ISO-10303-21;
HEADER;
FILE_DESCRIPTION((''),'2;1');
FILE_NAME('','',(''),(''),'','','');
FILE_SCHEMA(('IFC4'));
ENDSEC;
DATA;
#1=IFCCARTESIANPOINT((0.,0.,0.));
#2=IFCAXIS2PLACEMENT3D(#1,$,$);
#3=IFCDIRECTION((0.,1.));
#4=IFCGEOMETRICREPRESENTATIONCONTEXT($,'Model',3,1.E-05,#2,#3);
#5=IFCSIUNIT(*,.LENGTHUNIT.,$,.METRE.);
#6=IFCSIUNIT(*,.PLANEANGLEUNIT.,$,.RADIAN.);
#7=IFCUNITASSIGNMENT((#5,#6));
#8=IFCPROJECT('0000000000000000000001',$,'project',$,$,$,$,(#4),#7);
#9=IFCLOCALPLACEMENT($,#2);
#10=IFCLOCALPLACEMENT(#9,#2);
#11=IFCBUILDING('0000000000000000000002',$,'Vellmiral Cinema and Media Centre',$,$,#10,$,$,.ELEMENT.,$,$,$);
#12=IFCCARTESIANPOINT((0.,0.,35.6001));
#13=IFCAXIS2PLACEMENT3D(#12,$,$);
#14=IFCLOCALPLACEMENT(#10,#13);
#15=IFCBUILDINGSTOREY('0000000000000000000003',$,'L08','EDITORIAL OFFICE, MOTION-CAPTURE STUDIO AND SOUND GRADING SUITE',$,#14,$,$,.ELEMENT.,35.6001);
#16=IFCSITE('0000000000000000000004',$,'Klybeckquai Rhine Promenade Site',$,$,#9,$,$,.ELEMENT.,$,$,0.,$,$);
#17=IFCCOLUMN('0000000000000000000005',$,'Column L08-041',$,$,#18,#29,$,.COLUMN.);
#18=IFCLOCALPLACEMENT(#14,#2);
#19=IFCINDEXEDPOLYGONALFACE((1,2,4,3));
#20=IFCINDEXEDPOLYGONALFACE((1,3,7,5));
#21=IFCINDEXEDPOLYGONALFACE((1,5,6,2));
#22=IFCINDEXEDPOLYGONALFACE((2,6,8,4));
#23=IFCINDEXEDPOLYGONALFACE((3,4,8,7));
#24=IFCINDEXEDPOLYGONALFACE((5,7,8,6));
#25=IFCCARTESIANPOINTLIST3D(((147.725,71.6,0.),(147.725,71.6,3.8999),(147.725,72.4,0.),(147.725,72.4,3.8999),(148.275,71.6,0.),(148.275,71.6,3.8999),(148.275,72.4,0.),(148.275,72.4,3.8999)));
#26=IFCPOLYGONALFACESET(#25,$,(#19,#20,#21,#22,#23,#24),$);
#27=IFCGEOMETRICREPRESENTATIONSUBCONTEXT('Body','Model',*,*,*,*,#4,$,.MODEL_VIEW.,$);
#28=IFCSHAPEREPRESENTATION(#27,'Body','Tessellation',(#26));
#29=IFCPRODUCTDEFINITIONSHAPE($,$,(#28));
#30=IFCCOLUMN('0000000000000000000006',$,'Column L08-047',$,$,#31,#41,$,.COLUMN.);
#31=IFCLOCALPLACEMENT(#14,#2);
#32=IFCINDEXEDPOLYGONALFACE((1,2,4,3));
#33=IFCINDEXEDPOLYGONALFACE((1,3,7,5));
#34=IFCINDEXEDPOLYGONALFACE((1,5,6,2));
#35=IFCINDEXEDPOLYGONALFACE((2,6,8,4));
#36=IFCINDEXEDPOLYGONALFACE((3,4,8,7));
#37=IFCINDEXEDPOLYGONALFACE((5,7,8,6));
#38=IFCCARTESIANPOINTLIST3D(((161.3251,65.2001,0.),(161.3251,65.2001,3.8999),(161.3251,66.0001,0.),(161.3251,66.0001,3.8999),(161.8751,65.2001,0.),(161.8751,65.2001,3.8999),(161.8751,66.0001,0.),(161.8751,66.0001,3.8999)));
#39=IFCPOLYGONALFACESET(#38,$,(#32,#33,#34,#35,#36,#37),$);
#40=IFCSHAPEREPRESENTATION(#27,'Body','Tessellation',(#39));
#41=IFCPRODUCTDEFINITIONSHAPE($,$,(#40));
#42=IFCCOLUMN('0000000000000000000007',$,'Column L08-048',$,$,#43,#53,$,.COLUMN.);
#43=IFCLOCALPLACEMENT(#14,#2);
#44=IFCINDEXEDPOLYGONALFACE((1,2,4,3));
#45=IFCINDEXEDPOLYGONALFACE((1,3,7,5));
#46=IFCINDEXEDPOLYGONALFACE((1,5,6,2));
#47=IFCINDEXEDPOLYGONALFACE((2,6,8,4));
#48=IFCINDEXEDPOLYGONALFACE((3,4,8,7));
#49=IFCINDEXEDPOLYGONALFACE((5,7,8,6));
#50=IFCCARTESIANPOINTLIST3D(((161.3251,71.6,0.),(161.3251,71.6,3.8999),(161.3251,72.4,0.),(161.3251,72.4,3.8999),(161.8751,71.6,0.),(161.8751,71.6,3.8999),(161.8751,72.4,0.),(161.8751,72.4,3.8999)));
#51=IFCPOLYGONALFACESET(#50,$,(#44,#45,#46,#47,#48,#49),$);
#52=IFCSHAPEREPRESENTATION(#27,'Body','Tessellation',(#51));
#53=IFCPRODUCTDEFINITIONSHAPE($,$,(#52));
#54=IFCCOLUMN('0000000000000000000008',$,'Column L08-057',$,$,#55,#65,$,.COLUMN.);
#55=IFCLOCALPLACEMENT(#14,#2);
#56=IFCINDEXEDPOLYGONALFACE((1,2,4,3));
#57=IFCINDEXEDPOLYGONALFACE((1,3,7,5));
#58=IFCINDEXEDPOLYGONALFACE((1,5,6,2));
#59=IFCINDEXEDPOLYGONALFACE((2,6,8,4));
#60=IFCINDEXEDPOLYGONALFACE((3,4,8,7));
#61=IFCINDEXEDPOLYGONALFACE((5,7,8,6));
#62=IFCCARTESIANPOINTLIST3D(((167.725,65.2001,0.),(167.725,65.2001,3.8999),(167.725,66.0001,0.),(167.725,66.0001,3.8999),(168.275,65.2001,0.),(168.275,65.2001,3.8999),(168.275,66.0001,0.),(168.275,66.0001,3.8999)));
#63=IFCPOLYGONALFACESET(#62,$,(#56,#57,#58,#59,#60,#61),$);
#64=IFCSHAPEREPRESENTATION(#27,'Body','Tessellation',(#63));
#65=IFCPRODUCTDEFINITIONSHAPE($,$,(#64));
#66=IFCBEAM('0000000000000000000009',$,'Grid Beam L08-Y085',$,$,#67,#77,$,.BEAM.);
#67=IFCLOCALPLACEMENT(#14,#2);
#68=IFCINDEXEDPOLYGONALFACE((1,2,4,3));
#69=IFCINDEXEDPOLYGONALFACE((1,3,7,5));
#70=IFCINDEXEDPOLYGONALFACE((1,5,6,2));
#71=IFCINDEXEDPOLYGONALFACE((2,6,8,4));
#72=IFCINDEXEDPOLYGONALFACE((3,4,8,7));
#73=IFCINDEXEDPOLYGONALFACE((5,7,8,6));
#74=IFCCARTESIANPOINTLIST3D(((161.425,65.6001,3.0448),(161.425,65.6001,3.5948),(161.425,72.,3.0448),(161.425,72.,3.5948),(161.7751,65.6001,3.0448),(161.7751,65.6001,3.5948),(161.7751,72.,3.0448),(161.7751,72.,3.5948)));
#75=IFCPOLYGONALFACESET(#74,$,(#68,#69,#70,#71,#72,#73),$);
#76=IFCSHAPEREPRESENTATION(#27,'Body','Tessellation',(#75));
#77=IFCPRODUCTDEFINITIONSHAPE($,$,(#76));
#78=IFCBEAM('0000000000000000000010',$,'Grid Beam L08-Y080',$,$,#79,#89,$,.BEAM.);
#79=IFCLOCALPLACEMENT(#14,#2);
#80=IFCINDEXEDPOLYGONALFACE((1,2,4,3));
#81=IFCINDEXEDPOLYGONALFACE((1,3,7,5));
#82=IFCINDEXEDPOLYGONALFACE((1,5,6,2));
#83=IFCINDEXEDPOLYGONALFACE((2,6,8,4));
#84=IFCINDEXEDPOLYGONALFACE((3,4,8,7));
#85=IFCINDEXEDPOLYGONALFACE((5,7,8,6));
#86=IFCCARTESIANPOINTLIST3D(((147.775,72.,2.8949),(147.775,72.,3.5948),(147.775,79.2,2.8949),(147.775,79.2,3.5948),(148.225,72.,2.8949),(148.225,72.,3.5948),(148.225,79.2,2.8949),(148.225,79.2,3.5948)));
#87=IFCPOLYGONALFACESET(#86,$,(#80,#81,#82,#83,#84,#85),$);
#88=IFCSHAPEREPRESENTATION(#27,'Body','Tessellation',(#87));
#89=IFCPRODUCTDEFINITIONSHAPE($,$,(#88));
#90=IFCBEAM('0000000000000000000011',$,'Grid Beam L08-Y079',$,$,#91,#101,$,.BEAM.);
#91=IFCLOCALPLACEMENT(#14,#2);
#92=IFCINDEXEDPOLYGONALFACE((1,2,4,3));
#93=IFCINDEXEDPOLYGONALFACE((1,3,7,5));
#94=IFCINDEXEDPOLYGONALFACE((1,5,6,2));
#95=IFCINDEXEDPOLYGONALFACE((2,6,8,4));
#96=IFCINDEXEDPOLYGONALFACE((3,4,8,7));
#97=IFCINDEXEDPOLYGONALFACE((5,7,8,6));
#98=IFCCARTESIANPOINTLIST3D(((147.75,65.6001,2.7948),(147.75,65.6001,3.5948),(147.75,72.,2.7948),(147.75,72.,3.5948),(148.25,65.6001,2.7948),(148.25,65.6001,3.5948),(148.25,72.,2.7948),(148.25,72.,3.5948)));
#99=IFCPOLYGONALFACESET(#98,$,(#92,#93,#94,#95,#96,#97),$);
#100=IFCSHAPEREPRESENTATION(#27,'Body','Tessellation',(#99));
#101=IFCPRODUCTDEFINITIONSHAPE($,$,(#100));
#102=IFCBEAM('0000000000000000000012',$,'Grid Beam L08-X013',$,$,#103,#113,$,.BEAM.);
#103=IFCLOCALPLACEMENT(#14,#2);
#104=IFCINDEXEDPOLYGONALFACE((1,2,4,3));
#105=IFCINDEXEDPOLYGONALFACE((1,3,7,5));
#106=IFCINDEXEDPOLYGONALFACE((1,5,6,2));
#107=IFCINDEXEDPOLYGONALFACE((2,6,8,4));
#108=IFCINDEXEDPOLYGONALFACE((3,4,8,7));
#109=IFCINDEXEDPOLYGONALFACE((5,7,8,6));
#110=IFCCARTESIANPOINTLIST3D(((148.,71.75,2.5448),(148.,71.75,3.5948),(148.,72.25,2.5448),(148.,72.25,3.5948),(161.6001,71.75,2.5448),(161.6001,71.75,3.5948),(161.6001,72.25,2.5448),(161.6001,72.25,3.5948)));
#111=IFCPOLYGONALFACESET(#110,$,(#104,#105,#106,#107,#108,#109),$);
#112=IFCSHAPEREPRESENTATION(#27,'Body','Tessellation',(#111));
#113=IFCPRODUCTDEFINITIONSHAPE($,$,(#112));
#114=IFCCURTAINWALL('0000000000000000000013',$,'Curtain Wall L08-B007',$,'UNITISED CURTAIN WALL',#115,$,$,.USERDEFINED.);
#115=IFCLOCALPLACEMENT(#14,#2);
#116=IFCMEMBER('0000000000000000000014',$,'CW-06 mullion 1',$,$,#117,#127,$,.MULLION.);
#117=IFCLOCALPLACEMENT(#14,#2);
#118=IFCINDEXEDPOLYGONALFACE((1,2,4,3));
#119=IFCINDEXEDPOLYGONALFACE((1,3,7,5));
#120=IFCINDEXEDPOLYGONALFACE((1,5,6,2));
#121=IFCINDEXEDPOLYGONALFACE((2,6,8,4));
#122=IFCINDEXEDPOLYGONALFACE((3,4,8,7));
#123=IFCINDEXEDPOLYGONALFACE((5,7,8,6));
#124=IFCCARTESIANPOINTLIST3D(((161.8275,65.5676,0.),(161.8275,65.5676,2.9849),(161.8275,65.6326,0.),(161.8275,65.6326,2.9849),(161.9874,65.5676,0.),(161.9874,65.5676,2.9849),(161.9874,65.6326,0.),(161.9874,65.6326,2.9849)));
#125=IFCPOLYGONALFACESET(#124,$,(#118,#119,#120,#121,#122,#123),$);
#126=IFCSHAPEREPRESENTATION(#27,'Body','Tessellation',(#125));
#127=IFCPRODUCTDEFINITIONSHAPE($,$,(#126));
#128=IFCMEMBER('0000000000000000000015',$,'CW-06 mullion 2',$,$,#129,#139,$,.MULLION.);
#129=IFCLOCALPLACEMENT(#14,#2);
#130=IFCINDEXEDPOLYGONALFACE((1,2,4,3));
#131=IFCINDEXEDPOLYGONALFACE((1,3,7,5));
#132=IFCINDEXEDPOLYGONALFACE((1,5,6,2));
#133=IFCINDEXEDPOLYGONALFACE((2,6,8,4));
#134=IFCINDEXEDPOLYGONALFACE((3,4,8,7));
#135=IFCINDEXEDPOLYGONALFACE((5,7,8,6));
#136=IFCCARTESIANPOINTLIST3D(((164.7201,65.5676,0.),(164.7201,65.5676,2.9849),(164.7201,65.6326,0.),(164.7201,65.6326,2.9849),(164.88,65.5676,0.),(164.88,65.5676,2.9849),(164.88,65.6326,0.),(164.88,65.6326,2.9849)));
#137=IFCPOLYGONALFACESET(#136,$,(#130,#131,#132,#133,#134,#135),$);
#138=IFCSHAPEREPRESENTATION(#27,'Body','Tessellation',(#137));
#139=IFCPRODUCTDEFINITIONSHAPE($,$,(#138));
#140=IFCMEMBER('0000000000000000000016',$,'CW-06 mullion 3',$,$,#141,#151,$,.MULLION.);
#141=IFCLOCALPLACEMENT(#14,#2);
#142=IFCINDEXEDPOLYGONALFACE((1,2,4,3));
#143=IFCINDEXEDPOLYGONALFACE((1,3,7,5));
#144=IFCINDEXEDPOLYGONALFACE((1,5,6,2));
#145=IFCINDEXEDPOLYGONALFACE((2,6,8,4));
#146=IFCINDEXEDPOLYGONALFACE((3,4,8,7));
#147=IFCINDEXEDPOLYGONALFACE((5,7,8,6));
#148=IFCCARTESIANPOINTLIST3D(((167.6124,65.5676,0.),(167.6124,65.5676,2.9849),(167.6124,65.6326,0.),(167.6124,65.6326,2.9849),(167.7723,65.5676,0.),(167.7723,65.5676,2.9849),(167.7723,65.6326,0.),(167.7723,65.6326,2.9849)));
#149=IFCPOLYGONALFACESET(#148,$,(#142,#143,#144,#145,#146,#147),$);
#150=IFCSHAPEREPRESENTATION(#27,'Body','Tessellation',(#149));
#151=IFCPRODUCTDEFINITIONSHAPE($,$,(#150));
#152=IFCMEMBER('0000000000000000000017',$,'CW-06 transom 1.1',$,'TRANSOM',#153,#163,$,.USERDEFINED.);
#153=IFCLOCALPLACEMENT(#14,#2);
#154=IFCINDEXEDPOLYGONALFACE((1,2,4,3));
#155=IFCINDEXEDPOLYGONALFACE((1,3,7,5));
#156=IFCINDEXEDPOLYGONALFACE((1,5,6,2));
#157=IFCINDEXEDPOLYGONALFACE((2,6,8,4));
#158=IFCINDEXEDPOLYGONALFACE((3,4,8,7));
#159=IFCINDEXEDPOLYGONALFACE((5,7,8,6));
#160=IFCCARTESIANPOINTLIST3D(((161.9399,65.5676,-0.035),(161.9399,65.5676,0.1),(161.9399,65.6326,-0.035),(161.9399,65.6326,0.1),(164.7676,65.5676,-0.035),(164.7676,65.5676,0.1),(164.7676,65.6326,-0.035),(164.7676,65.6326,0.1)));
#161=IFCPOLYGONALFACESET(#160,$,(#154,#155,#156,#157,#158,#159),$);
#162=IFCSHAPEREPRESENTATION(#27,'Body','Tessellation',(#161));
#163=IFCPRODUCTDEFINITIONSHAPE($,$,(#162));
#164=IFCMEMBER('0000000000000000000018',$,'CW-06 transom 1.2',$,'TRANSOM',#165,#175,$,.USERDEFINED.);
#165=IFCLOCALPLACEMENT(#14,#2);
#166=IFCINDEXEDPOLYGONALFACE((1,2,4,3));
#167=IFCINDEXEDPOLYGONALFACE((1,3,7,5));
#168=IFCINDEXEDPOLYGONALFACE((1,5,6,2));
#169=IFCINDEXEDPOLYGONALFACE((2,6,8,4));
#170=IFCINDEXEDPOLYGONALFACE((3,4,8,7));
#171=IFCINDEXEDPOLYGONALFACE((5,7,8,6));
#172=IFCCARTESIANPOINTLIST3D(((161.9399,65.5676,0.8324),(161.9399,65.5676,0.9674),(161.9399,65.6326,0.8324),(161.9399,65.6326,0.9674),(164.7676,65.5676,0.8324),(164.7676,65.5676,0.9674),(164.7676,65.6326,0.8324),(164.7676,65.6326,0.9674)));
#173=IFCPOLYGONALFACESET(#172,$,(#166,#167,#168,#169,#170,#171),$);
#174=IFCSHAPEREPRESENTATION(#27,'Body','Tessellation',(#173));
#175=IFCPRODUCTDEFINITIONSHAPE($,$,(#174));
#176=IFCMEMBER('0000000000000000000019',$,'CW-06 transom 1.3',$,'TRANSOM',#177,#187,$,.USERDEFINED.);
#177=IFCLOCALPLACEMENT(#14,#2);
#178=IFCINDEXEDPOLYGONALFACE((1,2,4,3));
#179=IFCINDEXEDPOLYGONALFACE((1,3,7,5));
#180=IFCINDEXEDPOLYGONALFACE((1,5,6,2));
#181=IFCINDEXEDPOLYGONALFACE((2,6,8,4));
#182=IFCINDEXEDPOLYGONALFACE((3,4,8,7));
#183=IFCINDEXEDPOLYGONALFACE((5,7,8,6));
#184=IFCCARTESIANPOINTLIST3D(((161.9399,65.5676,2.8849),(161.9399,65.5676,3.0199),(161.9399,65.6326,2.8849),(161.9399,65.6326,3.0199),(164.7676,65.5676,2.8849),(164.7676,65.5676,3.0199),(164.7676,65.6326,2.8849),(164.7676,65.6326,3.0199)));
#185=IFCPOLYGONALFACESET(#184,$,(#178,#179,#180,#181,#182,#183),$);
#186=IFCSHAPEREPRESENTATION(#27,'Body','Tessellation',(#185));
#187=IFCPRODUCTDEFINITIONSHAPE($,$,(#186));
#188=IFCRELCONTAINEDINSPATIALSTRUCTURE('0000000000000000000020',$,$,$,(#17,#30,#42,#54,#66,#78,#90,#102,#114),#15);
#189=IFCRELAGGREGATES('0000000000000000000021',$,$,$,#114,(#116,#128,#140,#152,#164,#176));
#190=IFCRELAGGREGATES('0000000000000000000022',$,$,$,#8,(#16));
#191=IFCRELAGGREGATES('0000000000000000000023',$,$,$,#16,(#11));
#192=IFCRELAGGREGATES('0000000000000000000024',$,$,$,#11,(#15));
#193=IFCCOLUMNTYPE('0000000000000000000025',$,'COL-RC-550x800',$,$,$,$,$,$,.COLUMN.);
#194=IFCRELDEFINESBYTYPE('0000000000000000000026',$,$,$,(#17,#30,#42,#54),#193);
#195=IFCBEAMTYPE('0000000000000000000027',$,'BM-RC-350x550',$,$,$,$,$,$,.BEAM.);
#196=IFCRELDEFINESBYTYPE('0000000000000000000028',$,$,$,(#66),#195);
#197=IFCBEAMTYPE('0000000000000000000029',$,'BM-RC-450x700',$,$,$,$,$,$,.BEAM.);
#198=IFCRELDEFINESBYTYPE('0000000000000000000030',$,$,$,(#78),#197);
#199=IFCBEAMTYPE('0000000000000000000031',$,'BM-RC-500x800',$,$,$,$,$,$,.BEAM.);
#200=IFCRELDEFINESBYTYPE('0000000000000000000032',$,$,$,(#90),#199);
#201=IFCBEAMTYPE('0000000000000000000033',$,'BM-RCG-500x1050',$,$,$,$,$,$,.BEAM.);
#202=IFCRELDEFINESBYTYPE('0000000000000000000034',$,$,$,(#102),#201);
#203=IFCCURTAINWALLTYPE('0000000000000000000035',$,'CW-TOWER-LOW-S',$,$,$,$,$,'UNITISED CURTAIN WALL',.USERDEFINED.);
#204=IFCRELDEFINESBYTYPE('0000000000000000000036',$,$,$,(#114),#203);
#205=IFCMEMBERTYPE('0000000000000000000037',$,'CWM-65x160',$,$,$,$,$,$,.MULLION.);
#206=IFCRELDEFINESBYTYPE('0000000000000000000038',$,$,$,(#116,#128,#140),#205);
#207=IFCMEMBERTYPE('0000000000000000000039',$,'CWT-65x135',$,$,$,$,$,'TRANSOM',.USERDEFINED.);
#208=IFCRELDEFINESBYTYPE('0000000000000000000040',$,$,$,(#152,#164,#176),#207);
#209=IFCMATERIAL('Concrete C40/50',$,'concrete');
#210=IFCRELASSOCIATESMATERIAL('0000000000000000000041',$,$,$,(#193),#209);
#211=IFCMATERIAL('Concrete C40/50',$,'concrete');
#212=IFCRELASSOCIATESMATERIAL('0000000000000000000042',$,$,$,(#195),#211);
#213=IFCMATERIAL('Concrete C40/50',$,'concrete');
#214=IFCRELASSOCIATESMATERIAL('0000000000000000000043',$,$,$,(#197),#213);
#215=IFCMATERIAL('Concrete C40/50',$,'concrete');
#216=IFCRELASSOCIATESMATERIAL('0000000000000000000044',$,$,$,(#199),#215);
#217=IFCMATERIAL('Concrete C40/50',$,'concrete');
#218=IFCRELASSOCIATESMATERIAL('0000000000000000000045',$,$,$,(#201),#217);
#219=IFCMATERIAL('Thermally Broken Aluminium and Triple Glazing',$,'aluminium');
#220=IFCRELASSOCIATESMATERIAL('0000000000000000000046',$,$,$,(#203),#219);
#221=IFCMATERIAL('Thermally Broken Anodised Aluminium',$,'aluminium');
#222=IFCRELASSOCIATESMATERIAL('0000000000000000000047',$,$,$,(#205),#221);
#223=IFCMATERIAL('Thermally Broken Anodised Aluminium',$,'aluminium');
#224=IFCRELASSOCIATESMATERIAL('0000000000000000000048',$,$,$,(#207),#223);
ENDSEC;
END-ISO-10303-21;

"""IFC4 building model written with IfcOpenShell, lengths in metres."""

from ifc_helpers import new_model, si_unit, direction, frame, origin, origin_2d, place, context, subcontext, project, spatial, rectangle, extrude, material, material_profile, profile_set, type_object, element, aggregate, save


model = new_model("IFC4")

# Units and contexts
model_context = context("Model", 3, precision=1e-05, world=origin(), true_north=direction((0.0, 1.0)))
body_context = subcontext(model_context, "Body", "Model", "MODEL_VIEW")
ifc_project = project(units=[si_unit("LENGTHUNIT", "METRE"), si_unit("PLANEANGLEUNIT", "RADIAN")], contexts=[model_context])

# Site, building, storey
site_placement = place(None, origin())
site = spatial("IfcSite", under=ifc_project, at=site_placement, Name="Klybeckquai Rhine Promenade Site", CompositionType="ELEMENT", RefElevation=0.0)
building_placement = place(site_placement, origin())
building = spatial("IfcBuilding", under=site, at=building_placement, Name="Vellmiral Cinema and Media Centre", CompositionType="ELEMENT")
storey_placement = place(building_placement, frame((0.0, 0.0, 35.6001)))
storey = spatial("IfcBuildingStorey", under=building, at=storey_placement, Name="L08", Description="EDITORIAL OFFICE, MOTION-CAPTURE STUDIO AND SOUND GRADING SUITE", CompositionType="ELEMENT", Elevation=35.6001)

# Columns
ifc_material_1 = material(Name="Concrete C40/50", Category="concrete")
ifc_material_profile_1 = material_profile(ifc_material_1, rectangle(XDim=0.55, YDim=0.8, at=origin_2d()), Name="RC 550x800")
ifc_profile_set_1 = profile_set([ifc_material_profile_1], Name="Concrete C40/50")
column_type = type_object("IfcColumnType", Name="COL-RC-550x800", PredefinedType="COLUMN", material=ifc_profile_set_1)
for number, where, z_axis, x_axis, name in (
    (1, (148.0, 72.0, 0.0), (0.0, 0.0, 1.0), (1.0, 0.0, 0.0), "Column L08-041"),
    (2, (161.6001, 65.6001, 0.0), (0.0, 0.0, 1.0), (1.0, 0.0, 0.0), "Column L08-047"),
    (3, (161.6001, 72.0, 0.0), (0.0, 0.0, 1.0), (1.0, 0.0, 0.0), "Column L08-048"),
    (4, (168.0, 65.6001, 0.0), (0.0, 0.0, 1.0), (1.0, 0.0, 0.0), "Column L08-057"),
):
    element("IfcColumn", number, at=place(storey_placement, frame(where, z_axis=z_axis, x_axis=x_axis)), inside=storey, type_object=column_type, Name=name, PredefinedType="COLUMN", context=body_context, shape_type="SweptSolid", body=[
        extrude(rectangle(XDim=0.55, YDim=0.8, at=origin_2d()), origin(), (0.0, 0.0, 1.0), 3.8999),
    ])

# Beams
ifc_material_2 = material(Name="Concrete C40/50", Category="concrete")
ifc_material_profile_2 = material_profile(ifc_material_2, rectangle(XDim=0.3501, YDim=0.55, at=origin_2d()), Name="RC 350x550")
ifc_profile_set_2 = profile_set([ifc_material_profile_2], Name="Concrete C40/50")
beam_type_1 = type_object("IfcBeamType", Name="BM-RC-350x550", PredefinedType="BEAM", material=ifc_profile_set_2)
beam_1_placement = place(storey_placement, frame((161.6001, 65.6001, 3.3198), z_axis=(0.0, 1.0, 0.0), x_axis=(-1.0, 0.0, 0.0)))
element("IfcBeam", 5, at=beam_1_placement, inside=storey, type_object=beam_type_1, Name="Grid Beam L08-Y085", PredefinedType="BEAM", context=body_context, shape_type="SweptSolid", body=[
    extrude(rectangle(XDim=0.3501, YDim=0.55, at=origin_2d()), origin(), (0.0, 0.0, 1.0), 6.3999),
])
ifc_material_3 = material(Name="Concrete C40/50", Category="concrete")
ifc_material_profile_3 = material_profile(ifc_material_3, rectangle(XDim=0.45, YDim=0.7, at=origin_2d()), Name="RC 450x700")
ifc_profile_set_3 = profile_set([ifc_material_profile_3], Name="Concrete C40/50")
beam_type_2 = type_object("IfcBeamType", Name="BM-RC-450x700", PredefinedType="BEAM", material=ifc_profile_set_3)
beam_2_placement = place(storey_placement, frame((148.0, 72.0, 3.2449), z_axis=(0.0, 1.0, 0.0), x_axis=(-1.0, 0.0, 0.0)))
element("IfcBeam", 6, at=beam_2_placement, inside=storey, type_object=beam_type_2, Name="Grid Beam L08-Y080", PredefinedType="BEAM", context=body_context, shape_type="SweptSolid", body=[
    extrude(rectangle(XDim=0.45, YDim=0.7, at=origin_2d()), origin(), (0.0, 0.0, 1.0), 7.2),
])
ifc_material_4 = material(Name="Concrete C40/50", Category="concrete")
ifc_material_profile_4 = material_profile(ifc_material_4, rectangle(XDim=0.5, YDim=0.8, at=origin_2d()), Name="RC 500x800")
ifc_profile_set_4 = profile_set([ifc_material_profile_4], Name="Concrete C40/50")
beam_type_3 = type_object("IfcBeamType", Name="BM-RC-500x800", PredefinedType="BEAM", material=ifc_profile_set_4)
beam_3_placement = place(storey_placement, frame((148.0, 65.6001, 3.1948), z_axis=(0.0, 1.0, 0.0), x_axis=(-1.0, 0.0, 0.0)))
element("IfcBeam", 7, at=beam_3_placement, inside=storey, type_object=beam_type_3, Name="Grid Beam L08-Y079", PredefinedType="BEAM", context=body_context, shape_type="SweptSolid", body=[
    extrude(rectangle(XDim=0.5, YDim=0.8, at=origin_2d()), origin(), (0.0, 0.0, 1.0), 6.3999),
])
ifc_material_5 = material(Name="Concrete C40/50", Category="concrete")
ifc_material_profile_5 = material_profile(ifc_material_5, rectangle(XDim=0.5, YDim=1.05, at=origin_2d()), Name="RC 500x1050")
ifc_profile_set_5 = profile_set([ifc_material_profile_5], Name="Concrete C40/50")
beam_type_4 = type_object("IfcBeamType", Name="BM-RCG-500x1050", PredefinedType="BEAM", material=ifc_profile_set_5)
beam_4_placement = place(storey_placement, frame((148.0, 72.0, 3.0698), z_axis=(1.0, 0.0, 0.0), x_axis=(0.0, 1.0, 0.0)))
element("IfcBeam", 8, at=beam_4_placement, inside=storey, type_object=beam_type_4, Name="Grid Beam L08-X013", PredefinedType="BEAM", context=body_context, shape_type="SweptSolid", body=[
    extrude(rectangle(XDim=0.5, YDim=1.05, at=origin_2d()), origin(), (0.0, 0.0, 1.0), 13.6001),
])

# Curtain wall, members
ifc_material_6 = material(Name="Thermally Broken Aluminium and Triple Glazing", Category="aluminium")
curtain_wall_type = type_object("IfcCurtainWallType", Name="CW-TOWER-LOW-S", ElementType="UNITISED CURTAIN WALL", PredefinedType="USERDEFINED", material=ifc_material_6)
curtain_wall_placement = place(storey_placement, origin())
curtain_wall = element("IfcCurtainWall", 9, at=curtain_wall_placement, inside=storey, type_object=curtain_wall_type, Name="Curtain Wall L08-B007", ObjectType="UNITISED CURTAIN WALL", PredefinedType="USERDEFINED")
ifc_material_7 = material(Name="Thermally Broken Anodised Aluminium", Category="aluminium")
ifc_material_profile_6 = material_profile(ifc_material_7, rectangle(XDim=0.0649, YDim=0.1599, at=origin_2d()), Name="MULL 65x160")
ifc_profile_set_6 = profile_set([ifc_material_profile_6], Name="Thermally Broken Anodised Aluminium")
member_type_1 = type_object("IfcMemberType", Name="CWM-65x160", PredefinedType="MULLION", material=ifc_profile_set_6)
member_1_placement = place(storey_placement, frame((161.9075, 65.6001, 0.0), z_axis=(0.0, 0.0, 1.0), x_axis=(0.0, 1.0, 0.0)))
member_1 = element("IfcMember", 10, at=member_1_placement, type_object=member_type_1, Name="CW-06 mullion 1", PredefinedType="MULLION", context=body_context, shape_type="SweptSolid", body=[
    extrude(rectangle(XDim=0.0649, YDim=0.1599, at=origin_2d()), origin(), (0.0, 0.0, 1.0), 2.9849),
])
member_2_placement = place(storey_placement, frame((164.8, 65.6001, 0.0), z_axis=(0.0, 0.0, 1.0), x_axis=(0.0, 1.0, 0.0)))
member_2 = element("IfcMember", 11, at=member_2_placement, type_object=member_type_1, Name="CW-06 mullion 2", PredefinedType="MULLION", context=body_context, shape_type="SweptSolid", body=[
    extrude(rectangle(XDim=0.0649, YDim=0.1599, at=origin_2d()), origin(), (0.0, 0.0, 1.0), 2.9849),
])
member_3_placement = place(storey_placement, frame((167.6924, 65.6001, 0.0), z_axis=(0.0, 0.0, 1.0), x_axis=(0.0, 1.0, 0.0)))
member_3 = element("IfcMember", 12, at=member_3_placement, type_object=member_type_1, Name="CW-06 mullion 3", PredefinedType="MULLION", context=body_context, shape_type="SweptSolid", body=[
    extrude(rectangle(XDim=0.0649, YDim=0.1599, at=origin_2d()), origin(), (0.0, 0.0, 1.0), 2.9849),
])
ifc_material_8 = material(Name="Thermally Broken Anodised Aluminium", Category="aluminium")
ifc_material_profile_7 = material_profile(ifc_material_8, rectangle(XDim=0.0649, YDim=0.135, at=origin_2d()), Name="MULL 65x135")
ifc_profile_set_7 = profile_set([ifc_material_profile_7], Name="Thermally Broken Anodised Aluminium")
member_type_2 = type_object("IfcMemberType", Name="CWT-65x135", ElementType="TRANSOM", PredefinedType="USERDEFINED", material=ifc_profile_set_7)
member_4_placement = place(storey_placement, frame((161.9399, 65.6001, 0.0325), z_axis=(1.0, 0.0, 0.0), x_axis=(0.0, 1.0, 0.0)))
member_4 = element("IfcMember", 13, at=member_4_placement, type_object=member_type_2, Name="CW-06 transom 1.1", ObjectType="TRANSOM", PredefinedType="USERDEFINED", context=body_context, shape_type="SweptSolid", body=[
    extrude(rectangle(XDim=0.0649, YDim=0.135, at=origin_2d()), origin(), (0.0, 0.0, 1.0), 2.8276),
])
member_5_placement = place(storey_placement, frame((161.9399, 65.6001, 0.8999), z_axis=(1.0, 0.0, 0.0), x_axis=(0.0, 1.0, 0.0)))
member_5 = element("IfcMember", 14, at=member_5_placement, type_object=member_type_2, Name="CW-06 transom 1.2", ObjectType="TRANSOM", PredefinedType="USERDEFINED", context=body_context, shape_type="SweptSolid", body=[
    extrude(rectangle(XDim=0.0649, YDim=0.135, at=origin_2d()), origin(), (0.0, 0.0, 1.0), 2.8276),
])
member_6_placement = place(storey_placement, frame((161.9399, 65.6001, 2.9524), z_axis=(1.0, 0.0, 0.0), x_axis=(0.0, 1.0, 0.0)))
member_6 = element("IfcMember", 15, at=member_6_placement, type_object=member_type_2, Name="CW-06 transom 1.3", ObjectType="TRANSOM", PredefinedType="USERDEFINED", context=body_context, shape_type="SweptSolid", body=[
    extrude(rectangle(XDim=0.0649, YDim=0.135, at=origin_2d()), origin(), (0.0, 0.0, 1.0), 2.8276),
])

aggregate(curtain_wall, [member_1, member_2, member_3, member_4, member_5, member_6])

save(model, "model.ifc")
